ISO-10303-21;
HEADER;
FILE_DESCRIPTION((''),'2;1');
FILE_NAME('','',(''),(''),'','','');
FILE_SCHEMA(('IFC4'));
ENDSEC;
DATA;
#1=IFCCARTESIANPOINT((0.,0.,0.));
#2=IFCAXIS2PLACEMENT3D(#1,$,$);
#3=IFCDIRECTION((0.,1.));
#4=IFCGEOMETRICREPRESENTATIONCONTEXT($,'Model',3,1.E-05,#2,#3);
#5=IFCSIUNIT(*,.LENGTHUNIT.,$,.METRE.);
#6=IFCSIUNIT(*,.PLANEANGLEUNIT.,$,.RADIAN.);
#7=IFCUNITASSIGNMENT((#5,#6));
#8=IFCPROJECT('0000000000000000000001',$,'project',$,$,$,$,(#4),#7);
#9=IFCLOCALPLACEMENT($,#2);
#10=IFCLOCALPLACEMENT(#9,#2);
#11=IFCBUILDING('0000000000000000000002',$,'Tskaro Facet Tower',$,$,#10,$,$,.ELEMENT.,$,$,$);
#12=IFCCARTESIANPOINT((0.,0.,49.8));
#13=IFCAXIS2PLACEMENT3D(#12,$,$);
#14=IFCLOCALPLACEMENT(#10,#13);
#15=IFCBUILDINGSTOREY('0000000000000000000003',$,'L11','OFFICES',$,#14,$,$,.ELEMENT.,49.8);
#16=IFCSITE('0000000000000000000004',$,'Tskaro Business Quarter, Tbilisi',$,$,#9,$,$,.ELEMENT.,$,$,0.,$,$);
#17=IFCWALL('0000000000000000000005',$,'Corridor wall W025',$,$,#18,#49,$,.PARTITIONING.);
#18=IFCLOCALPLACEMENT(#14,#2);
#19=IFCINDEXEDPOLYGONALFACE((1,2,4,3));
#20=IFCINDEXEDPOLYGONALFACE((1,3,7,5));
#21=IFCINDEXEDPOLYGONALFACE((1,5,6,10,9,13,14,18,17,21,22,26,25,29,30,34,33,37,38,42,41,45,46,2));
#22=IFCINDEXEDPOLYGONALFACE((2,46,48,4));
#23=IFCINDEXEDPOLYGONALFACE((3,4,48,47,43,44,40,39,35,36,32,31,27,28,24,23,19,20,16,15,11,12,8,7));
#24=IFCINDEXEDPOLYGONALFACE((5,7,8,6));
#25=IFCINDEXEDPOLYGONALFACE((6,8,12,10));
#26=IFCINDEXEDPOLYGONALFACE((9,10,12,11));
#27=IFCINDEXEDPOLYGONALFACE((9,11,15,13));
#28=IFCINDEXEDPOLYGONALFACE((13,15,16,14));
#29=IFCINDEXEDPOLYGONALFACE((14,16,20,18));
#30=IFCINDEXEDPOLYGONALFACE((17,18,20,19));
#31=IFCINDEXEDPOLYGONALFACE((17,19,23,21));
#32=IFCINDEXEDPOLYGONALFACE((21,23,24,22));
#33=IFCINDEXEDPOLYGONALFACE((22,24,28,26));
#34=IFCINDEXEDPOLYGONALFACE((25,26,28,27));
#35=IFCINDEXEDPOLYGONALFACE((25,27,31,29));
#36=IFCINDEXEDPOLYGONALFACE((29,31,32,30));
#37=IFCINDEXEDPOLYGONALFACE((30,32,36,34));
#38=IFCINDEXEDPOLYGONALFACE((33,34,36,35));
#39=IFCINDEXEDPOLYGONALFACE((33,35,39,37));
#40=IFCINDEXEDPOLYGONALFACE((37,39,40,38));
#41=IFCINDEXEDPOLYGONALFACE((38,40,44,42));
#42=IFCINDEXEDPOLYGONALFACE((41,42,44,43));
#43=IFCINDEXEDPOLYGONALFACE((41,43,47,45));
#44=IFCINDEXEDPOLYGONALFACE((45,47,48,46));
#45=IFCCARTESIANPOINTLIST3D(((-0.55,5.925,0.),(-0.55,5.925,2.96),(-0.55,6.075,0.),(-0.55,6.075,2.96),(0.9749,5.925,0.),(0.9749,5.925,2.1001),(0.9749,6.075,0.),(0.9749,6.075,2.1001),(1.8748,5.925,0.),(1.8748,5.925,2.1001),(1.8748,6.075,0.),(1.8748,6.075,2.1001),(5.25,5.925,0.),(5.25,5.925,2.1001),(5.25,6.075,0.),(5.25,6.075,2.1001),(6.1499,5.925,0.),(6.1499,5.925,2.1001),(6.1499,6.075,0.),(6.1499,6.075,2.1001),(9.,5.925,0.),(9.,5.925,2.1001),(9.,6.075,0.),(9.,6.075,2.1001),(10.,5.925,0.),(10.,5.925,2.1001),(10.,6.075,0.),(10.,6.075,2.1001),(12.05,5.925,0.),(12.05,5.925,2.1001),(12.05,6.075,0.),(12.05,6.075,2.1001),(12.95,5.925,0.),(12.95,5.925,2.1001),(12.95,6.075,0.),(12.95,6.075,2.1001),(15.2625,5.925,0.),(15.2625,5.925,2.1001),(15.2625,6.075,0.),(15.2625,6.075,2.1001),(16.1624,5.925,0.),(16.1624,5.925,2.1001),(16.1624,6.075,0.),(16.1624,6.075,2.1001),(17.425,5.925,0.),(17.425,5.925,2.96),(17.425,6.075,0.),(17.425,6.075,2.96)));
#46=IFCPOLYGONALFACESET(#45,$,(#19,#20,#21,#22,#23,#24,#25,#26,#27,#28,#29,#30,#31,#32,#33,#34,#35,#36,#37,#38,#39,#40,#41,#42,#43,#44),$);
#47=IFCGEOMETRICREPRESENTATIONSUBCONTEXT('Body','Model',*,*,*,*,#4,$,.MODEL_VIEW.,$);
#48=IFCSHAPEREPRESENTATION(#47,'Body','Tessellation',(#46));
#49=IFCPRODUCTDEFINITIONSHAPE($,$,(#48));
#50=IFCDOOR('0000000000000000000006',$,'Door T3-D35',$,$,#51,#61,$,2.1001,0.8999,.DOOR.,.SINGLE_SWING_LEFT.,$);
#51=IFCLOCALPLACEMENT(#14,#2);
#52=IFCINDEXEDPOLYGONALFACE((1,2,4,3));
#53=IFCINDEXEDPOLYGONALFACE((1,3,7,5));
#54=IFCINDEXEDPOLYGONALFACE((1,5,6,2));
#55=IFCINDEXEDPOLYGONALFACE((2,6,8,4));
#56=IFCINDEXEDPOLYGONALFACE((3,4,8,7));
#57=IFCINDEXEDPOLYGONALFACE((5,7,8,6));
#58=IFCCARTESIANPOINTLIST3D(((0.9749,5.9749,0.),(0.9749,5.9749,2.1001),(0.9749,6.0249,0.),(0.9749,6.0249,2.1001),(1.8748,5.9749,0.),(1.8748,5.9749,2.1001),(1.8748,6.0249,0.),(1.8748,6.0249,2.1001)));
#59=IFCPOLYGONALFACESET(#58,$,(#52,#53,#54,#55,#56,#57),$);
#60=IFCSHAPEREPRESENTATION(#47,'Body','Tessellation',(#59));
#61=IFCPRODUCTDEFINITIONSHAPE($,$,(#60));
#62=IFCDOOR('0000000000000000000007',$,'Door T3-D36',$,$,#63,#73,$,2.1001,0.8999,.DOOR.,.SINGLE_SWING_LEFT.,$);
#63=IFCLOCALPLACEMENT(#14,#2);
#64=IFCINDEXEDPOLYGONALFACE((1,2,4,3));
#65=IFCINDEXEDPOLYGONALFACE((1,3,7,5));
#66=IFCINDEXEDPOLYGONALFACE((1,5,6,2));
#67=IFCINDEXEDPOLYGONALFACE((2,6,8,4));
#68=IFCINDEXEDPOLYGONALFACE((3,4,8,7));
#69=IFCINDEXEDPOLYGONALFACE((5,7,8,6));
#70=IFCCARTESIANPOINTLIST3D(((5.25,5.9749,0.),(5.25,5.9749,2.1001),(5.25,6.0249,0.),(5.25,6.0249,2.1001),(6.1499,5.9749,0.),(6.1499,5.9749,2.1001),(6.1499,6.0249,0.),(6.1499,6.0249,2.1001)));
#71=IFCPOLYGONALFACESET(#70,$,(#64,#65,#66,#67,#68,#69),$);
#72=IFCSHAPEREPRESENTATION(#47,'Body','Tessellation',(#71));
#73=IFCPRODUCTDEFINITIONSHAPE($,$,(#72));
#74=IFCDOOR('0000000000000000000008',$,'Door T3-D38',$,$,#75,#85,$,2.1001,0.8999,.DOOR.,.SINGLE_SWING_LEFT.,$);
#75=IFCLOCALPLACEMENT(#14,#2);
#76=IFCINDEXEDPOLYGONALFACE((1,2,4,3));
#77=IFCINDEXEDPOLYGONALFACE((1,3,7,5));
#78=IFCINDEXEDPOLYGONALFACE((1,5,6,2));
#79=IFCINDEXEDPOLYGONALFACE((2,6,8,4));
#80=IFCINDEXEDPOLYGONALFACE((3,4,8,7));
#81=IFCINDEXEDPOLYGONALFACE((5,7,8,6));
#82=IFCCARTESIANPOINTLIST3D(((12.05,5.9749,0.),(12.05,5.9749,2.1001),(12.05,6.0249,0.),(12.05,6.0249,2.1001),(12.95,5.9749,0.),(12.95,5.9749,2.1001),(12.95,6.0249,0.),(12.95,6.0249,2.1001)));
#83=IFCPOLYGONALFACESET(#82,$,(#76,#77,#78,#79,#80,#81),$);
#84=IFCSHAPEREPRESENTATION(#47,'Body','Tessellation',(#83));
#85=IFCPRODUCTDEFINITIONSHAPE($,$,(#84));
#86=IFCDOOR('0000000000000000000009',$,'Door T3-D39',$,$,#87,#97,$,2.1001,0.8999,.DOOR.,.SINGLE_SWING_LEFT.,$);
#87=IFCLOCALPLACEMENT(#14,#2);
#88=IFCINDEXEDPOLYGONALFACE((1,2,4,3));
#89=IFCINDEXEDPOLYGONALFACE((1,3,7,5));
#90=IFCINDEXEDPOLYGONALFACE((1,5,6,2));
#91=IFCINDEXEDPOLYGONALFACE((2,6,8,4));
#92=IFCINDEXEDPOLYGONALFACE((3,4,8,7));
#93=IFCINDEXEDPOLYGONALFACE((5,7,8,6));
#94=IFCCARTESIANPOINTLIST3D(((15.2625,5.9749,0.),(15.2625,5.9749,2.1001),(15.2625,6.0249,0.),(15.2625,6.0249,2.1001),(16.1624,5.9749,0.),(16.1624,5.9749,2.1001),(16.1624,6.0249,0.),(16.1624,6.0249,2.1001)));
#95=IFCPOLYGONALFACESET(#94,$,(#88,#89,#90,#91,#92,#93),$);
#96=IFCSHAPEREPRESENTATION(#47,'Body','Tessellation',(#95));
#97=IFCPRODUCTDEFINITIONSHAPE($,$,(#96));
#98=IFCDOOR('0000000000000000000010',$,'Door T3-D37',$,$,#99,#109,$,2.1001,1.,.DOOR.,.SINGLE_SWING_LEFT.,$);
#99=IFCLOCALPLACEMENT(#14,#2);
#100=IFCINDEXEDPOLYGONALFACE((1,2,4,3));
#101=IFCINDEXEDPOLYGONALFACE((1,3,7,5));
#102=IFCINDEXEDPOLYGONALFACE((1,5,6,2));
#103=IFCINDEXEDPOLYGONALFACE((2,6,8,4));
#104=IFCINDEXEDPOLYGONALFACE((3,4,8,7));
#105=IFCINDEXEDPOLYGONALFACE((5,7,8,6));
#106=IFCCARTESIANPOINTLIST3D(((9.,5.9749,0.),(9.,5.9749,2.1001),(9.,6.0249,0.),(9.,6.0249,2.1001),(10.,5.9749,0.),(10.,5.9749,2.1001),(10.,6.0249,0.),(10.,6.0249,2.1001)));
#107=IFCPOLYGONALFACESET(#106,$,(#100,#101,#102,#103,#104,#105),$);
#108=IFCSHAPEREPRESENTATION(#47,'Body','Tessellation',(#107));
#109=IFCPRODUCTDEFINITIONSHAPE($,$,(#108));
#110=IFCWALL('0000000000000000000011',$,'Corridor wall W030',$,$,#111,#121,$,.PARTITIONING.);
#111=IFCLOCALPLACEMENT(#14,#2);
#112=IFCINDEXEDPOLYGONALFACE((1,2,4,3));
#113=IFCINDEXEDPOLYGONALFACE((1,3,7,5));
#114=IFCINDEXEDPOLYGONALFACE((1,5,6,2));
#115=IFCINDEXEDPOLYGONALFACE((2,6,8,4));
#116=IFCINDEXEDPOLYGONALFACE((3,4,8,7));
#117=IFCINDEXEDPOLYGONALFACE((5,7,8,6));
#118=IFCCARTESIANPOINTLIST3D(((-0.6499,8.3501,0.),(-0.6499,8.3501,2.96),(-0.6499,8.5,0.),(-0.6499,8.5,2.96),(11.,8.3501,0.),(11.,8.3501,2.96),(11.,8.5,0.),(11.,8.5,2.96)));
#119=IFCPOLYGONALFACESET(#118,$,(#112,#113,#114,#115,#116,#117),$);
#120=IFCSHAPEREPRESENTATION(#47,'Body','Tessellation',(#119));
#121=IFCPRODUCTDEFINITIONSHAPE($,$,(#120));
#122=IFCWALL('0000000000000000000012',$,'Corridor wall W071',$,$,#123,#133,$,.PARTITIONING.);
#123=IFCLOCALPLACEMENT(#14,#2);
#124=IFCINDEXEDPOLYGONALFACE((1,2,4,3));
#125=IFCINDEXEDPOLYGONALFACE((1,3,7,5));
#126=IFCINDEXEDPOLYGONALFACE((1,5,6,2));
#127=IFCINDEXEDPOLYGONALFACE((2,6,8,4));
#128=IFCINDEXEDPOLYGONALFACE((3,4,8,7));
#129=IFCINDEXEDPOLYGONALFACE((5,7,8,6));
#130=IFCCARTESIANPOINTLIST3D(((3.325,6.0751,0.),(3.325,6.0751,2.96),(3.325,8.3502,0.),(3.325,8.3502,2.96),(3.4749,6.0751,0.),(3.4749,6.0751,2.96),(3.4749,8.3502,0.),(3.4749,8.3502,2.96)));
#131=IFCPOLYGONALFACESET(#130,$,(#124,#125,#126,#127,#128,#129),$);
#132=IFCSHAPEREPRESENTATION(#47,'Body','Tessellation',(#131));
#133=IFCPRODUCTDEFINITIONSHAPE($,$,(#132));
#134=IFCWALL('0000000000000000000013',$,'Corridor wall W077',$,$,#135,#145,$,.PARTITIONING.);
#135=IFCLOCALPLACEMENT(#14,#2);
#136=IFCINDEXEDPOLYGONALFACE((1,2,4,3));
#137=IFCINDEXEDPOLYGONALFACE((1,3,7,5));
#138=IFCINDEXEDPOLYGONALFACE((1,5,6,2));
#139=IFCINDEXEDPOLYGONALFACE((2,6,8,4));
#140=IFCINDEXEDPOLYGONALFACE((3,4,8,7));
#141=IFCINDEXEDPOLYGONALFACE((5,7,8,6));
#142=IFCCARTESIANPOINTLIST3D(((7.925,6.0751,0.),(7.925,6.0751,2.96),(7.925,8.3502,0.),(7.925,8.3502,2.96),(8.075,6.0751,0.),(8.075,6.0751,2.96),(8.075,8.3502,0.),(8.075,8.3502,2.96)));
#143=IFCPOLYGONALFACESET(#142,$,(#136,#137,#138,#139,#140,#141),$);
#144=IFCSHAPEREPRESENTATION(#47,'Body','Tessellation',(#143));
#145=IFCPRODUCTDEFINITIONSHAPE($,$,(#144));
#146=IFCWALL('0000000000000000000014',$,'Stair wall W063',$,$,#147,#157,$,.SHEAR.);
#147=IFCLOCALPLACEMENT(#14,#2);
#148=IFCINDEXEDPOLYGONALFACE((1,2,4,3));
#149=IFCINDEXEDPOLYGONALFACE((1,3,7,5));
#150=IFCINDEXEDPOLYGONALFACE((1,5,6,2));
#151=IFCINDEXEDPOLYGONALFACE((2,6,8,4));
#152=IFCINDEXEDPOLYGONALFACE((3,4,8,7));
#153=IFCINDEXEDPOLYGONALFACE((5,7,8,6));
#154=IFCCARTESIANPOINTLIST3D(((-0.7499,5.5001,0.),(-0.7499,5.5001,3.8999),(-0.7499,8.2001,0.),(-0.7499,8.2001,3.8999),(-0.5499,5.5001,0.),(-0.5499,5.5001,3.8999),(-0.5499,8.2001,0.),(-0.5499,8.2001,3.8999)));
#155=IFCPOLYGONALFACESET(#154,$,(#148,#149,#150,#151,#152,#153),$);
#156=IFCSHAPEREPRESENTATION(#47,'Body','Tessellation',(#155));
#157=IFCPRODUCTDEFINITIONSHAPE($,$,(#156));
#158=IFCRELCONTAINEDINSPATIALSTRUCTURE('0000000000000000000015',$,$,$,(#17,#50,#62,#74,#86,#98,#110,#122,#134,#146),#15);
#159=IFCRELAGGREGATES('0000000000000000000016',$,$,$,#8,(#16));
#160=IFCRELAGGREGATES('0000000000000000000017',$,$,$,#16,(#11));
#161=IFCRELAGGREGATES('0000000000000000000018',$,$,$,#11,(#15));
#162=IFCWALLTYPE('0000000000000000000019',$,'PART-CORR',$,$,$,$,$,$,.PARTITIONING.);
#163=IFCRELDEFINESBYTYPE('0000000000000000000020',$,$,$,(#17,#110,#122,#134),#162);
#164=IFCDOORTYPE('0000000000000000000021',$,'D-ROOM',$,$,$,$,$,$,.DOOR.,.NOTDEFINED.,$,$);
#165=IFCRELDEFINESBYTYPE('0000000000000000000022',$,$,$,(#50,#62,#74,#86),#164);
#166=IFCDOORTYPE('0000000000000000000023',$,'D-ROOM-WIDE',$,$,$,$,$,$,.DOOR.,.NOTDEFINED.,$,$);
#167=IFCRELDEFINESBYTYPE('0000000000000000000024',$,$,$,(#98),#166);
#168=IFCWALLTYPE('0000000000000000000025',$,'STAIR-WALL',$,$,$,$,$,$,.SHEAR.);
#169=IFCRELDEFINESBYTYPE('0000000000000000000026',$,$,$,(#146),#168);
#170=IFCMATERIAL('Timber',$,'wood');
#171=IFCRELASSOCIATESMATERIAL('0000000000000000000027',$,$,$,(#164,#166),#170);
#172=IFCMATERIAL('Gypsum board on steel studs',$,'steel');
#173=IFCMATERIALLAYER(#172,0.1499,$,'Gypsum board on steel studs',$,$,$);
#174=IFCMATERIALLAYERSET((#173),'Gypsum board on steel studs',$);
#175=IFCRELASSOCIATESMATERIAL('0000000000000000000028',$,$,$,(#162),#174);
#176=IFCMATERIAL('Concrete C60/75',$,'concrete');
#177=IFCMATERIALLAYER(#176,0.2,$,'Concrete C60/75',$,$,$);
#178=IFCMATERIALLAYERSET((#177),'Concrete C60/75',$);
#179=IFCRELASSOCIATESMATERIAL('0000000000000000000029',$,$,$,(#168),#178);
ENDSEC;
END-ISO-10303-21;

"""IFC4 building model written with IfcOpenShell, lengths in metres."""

from ifc_helpers import new_model, si_unit, direction, frame, frame_2d, origin, place, context, subcontext, project, spatial, rectangle, extrude, material, layer, layer_set, type_object, element, fill, save


model = new_model("IFC4")

# Units and contexts
model_context = context("Model", 3, precision=1e-05, world=origin(), true_north=direction((0.0, 1.0)))
body_context = subcontext(model_context, "Body", "Model", "MODEL_VIEW")
ifc_project = project(units=[si_unit("LENGTHUNIT", "METRE"), si_unit("PLANEANGLEUNIT", "RADIAN")], contexts=[model_context])

# Site, building, storey
site_placement = place(None, origin())
site = spatial("IfcSite", under=ifc_project, at=site_placement, Name="Tskaro Business Quarter, Tbilisi", CompositionType="ELEMENT", RefElevation=0.0)
building_placement = place(site_placement, origin())
building = spatial("IfcBuilding", under=site, at=building_placement, Name="Tskaro Facet Tower", CompositionType="ELEMENT")
storey_placement = place(building_placement, frame((0.0, 0.0, 49.8)))
storey = spatial("IfcBuildingStorey", under=building, at=storey_placement, Name="L11", Description="OFFICES", CompositionType="ELEMENT", Elevation=49.8)

# Shared definitions
ifc_material_1 = material(Name="Concrete C60/75", Category="concrete")

# Shared definitions
ifc_material_2 = material(Name="Gypsum board on steel studs", Category="steel")
ifc_material_3 = material(Name="Timber", Category="wood")
door_type_1 = type_object("IfcDoorType", Name="D-ROOM", OperationType="NOTDEFINED", PredefinedType="DOOR", material=ifc_material_3)

# Wall, openings, doors
ifc_layer_1 = layer(ifc_material_2, 0.1499, Name="Gypsum board on steel studs")
ifc_layer_set_1 = layer_set([ifc_layer_1], Name="Gypsum board on steel studs")
wall_type_1 = type_object("IfcWallType", Name="PART-CORR", PredefinedType="PARTITIONING", material=ifc_layer_set_1)
wall_1_placement = place(storey_placement, frame((-0.55, 6.0, 0.0), z_axis=(0.0, 0.0, 1.0), x_axis=(1.0, 0.0, 0.0)))
wall_1 = element("IfcWall", 1, at=wall_1_placement, inside=storey, type_object=wall_type_1, Name="Corridor wall W025", PredefinedType="PARTITIONING", context=body_context, shape_type="SweptSolid", body=[
    extrude(rectangle(XDim=17.9751, YDim=0.1499, at=frame_2d((8.9875, 0.0))), origin(), (0.0, 0.0, 1.0), 2.96),
])
opening_1_placement = place(wall_1_placement, frame((1.5249, 0.0, 0.0)))
opening_1 = element("IfcOpeningElement", 2, at=opening_1_placement, cuts=wall_1, PredefinedType="OPENING", context=body_context, shape_type="SweptSolid", body=[
    extrude(rectangle(XDim=0.8999, YDim=2.1001, at=frame_2d((0.45, 1.05))), frame((0.0, 0.085, 0.0), z_axis=(0.0, -1.0, 0.0), x_axis=(1.0, 0.0, 0.0)), (0.0, 0.0, 1.0), 0.1699),
])
opening_2_placement = place(wall_1_placement, frame((5.8, 0.0, 0.0)))
opening_2 = element("IfcOpeningElement", 3, at=opening_2_placement, cuts=wall_1, PredefinedType="OPENING", context=body_context, shape_type="SweptSolid", body=[
    extrude(rectangle(XDim=0.8999, YDim=2.1001, at=frame_2d((0.45, 1.05))), frame((0.0, 0.085, 0.0), z_axis=(0.0, -1.0, 0.0), x_axis=(1.0, 0.0, 0.0)), (0.0, 0.0, 1.0), 0.1699),
])
opening_3_placement = place(wall_1_placement, frame((9.55, 0.0, 0.0)))
opening_3 = element("IfcOpeningElement", 4, at=opening_3_placement, cuts=wall_1, PredefinedType="OPENING", context=body_context, shape_type="SweptSolid", body=[
    extrude(rectangle(XDim=1.0, YDim=2.1001, at=frame_2d((0.5, 1.05))), frame((0.0, 0.085, 0.0), z_axis=(0.0, -1.0, 0.0), x_axis=(1.0, 0.0, 0.0)), (0.0, 0.0, 1.0), 0.1699),
])
opening_4_placement = place(wall_1_placement, frame((12.6001, 0.0, 0.0)))
opening_4 = element("IfcOpeningElement", 5, at=opening_4_placement, cuts=wall_1, PredefinedType="OPENING", context=body_context, shape_type="SweptSolid", body=[
    extrude(rectangle(XDim=0.8999, YDim=2.1001, at=frame_2d((0.45, 1.05))), frame((0.0, 0.085, 0.0), z_axis=(0.0, -1.0, 0.0), x_axis=(1.0, 0.0, 0.0)), (0.0, 0.0, 1.0), 0.1699),
])
opening_5_placement = place(wall_1_placement, frame((15.8125, 0.0, 0.0)))
opening_5 = element("IfcOpeningElement", 6, at=opening_5_placement, cuts=wall_1, PredefinedType="OPENING", context=body_context, shape_type="SweptSolid", body=[
    extrude(rectangle(XDim=0.8999, YDim=2.1001, at=frame_2d((0.45, 1.05))), frame((0.0, 0.085, 0.0), z_axis=(0.0, -1.0, 0.0), x_axis=(1.0, 0.0, 0.0)), (0.0, 0.0, 1.0), 0.1699),
])
door_1_placement = place(opening_1_placement, origin())
door_1 = element("IfcDoor", 7, at=door_1_placement, inside=storey, type_object=door_type_1, Name="Door T3-D35", OperationType="SINGLE_SWING_LEFT", OverallHeight=2.1001, OverallWidth=0.8999, PredefinedType="DOOR", context=body_context, shape_type="SweptSolid", body=[
    extrude(rectangle(XDim=0.8999, YDim=2.1001, at=frame_2d((0.45, 1.05))), frame((0.0, 0.0249, 0.0), z_axis=(0.0, -1.0, 0.0), x_axis=(1.0, 0.0, 0.0)), (0.0, 0.0, 1.0), 0.05),
])
fill(opening_1, door_1)
door_2_placement = place(opening_2_placement, origin())
door_2 = element("IfcDoor", 8, at=door_2_placement, inside=storey, type_object=door_type_1, Name="Door T3-D36", OperationType="SINGLE_SWING_LEFT", OverallHeight=2.1001, OverallWidth=0.8999, PredefinedType="DOOR", context=body_context, shape_type="SweptSolid", body=[
    extrude(rectangle(XDim=0.8999, YDim=2.1001, at=frame_2d((0.45, 1.05))), frame((0.0, 0.0249, 0.0), z_axis=(0.0, -1.0, 0.0), x_axis=(1.0, 0.0, 0.0)), (0.0, 0.0, 1.0), 0.05),
])
fill(opening_2, door_2)
door_3_placement = place(opening_4_placement, origin())
door_3 = element("IfcDoor", 9, at=door_3_placement, inside=storey, type_object=door_type_1, Name="Door T3-D38", OperationType="SINGLE_SWING_LEFT", OverallHeight=2.1001, OverallWidth=0.8999, PredefinedType="DOOR", context=body_context, shape_type="SweptSolid", body=[
    extrude(rectangle(XDim=0.8999, YDim=2.1001, at=frame_2d((0.45, 1.05))), frame((0.0, 0.0249, 0.0), z_axis=(0.0, -1.0, 0.0), x_axis=(1.0, 0.0, 0.0)), (0.0, 0.0, 1.0), 0.05),
])
fill(opening_4, door_3)
door_4_placement = place(opening_5_placement, origin())
door_4 = element("IfcDoor", 10, at=door_4_placement, inside=storey, type_object=door_type_1, Name="Door T3-D39", OperationType="SINGLE_SWING_LEFT", OverallHeight=2.1001, OverallWidth=0.8999, PredefinedType="DOOR", context=body_context, shape_type="SweptSolid", body=[
    extrude(rectangle(XDim=0.8999, YDim=2.1001, at=frame_2d((0.45, 1.05))), frame((0.0, 0.0249, 0.0), z_axis=(0.0, -1.0, 0.0), x_axis=(1.0, 0.0, 0.0)), (0.0, 0.0, 1.0), 0.05),
])
fill(opening_5, door_4)
door_type_2 = type_object("IfcDoorType", Name="D-ROOM-WIDE", OperationType="NOTDEFINED", PredefinedType="DOOR", material=ifc_material_3)
door_5_placement = place(opening_3_placement, origin())
door_5 = element("IfcDoor", 11, at=door_5_placement, inside=storey, type_object=door_type_2, Name="Door T3-D37", OperationType="SINGLE_SWING_LEFT", OverallHeight=2.1001, OverallWidth=1.0, PredefinedType="DOOR", context=body_context, shape_type="SweptSolid", body=[
    extrude(rectangle(XDim=1.0, YDim=2.1001, at=frame_2d((0.5, 1.05))), frame((0.0, 0.0249, 0.0), z_axis=(0.0, -1.0, 0.0), x_axis=(1.0, 0.0, 0.0)), (0.0, 0.0, 1.0), 0.05),
])
fill(opening_3, door_5)

# Walls
wall_2_placement = place(storey_placement, frame((-0.6499, 8.425, 0.0), z_axis=(0.0, 0.0, 1.0), x_axis=(1.0, 0.0, 0.0)))
element("IfcWall", 12, at=wall_2_placement, inside=storey, type_object=wall_type_1, Name="Corridor wall W030", PredefinedType="PARTITIONING", context=body_context, shape_type="SweptSolid", body=[
    extrude(rectangle(XDim=11.6499, YDim=0.1499, at=frame_2d((5.825, 0.0))), origin(), (0.0, 0.0, 1.0), 2.96),
])
for number, where, z_axis, x_axis, name in (
    (13, (3.3999, 6.075, 0.0), (0.0, 0.0, 1.0), (0.0, 1.0, 0.0), "Corridor wall W071"),
    (14, (8.0, 6.075, 0.0), (0.0, 0.0, 1.0), (0.0, 1.0, 0.0), "Corridor wall W077"),
):
    element("IfcWall", number, at=place(storey_placement, frame(where, z_axis=z_axis, x_axis=x_axis)), inside=storey, type_object=wall_type_1, Name=name, PredefinedType="PARTITIONING", context=body_context, shape_type="SweptSolid", body=[
        extrude(rectangle(XDim=2.2751, YDim=0.1499, at=frame_2d((1.1377, 0.0))), origin(), (0.0, 0.0, 1.0), 2.96),
    ])
ifc_layer_2 = layer(ifc_material_1, 0.2, Name="Concrete C60/75")
ifc_layer_set_2 = layer_set([ifc_layer_2], Name="Concrete C60/75")
wall_type_2 = type_object("IfcWallType", Name="STAIR-WALL", PredefinedType="SHEAR", material=ifc_layer_set_2)
wall_3_placement = place(storey_placement, frame((-0.6499, 5.5, 0.0), z_axis=(0.0, 0.0, 1.0), x_axis=(0.0, 1.0, 0.0)))
element("IfcWall", 15, at=wall_3_placement, inside=storey, type_object=wall_type_2, Name="Stair wall W063", PredefinedType="SHEAR", context=body_context, shape_type="SweptSolid", body=[
    extrude(rectangle(XDim=2.7, YDim=0.2, at=frame_2d((1.3501, 0.0))), origin(), (0.0, 0.0, 1.0), 3.8999),
])

save(model, "model.ifc")
